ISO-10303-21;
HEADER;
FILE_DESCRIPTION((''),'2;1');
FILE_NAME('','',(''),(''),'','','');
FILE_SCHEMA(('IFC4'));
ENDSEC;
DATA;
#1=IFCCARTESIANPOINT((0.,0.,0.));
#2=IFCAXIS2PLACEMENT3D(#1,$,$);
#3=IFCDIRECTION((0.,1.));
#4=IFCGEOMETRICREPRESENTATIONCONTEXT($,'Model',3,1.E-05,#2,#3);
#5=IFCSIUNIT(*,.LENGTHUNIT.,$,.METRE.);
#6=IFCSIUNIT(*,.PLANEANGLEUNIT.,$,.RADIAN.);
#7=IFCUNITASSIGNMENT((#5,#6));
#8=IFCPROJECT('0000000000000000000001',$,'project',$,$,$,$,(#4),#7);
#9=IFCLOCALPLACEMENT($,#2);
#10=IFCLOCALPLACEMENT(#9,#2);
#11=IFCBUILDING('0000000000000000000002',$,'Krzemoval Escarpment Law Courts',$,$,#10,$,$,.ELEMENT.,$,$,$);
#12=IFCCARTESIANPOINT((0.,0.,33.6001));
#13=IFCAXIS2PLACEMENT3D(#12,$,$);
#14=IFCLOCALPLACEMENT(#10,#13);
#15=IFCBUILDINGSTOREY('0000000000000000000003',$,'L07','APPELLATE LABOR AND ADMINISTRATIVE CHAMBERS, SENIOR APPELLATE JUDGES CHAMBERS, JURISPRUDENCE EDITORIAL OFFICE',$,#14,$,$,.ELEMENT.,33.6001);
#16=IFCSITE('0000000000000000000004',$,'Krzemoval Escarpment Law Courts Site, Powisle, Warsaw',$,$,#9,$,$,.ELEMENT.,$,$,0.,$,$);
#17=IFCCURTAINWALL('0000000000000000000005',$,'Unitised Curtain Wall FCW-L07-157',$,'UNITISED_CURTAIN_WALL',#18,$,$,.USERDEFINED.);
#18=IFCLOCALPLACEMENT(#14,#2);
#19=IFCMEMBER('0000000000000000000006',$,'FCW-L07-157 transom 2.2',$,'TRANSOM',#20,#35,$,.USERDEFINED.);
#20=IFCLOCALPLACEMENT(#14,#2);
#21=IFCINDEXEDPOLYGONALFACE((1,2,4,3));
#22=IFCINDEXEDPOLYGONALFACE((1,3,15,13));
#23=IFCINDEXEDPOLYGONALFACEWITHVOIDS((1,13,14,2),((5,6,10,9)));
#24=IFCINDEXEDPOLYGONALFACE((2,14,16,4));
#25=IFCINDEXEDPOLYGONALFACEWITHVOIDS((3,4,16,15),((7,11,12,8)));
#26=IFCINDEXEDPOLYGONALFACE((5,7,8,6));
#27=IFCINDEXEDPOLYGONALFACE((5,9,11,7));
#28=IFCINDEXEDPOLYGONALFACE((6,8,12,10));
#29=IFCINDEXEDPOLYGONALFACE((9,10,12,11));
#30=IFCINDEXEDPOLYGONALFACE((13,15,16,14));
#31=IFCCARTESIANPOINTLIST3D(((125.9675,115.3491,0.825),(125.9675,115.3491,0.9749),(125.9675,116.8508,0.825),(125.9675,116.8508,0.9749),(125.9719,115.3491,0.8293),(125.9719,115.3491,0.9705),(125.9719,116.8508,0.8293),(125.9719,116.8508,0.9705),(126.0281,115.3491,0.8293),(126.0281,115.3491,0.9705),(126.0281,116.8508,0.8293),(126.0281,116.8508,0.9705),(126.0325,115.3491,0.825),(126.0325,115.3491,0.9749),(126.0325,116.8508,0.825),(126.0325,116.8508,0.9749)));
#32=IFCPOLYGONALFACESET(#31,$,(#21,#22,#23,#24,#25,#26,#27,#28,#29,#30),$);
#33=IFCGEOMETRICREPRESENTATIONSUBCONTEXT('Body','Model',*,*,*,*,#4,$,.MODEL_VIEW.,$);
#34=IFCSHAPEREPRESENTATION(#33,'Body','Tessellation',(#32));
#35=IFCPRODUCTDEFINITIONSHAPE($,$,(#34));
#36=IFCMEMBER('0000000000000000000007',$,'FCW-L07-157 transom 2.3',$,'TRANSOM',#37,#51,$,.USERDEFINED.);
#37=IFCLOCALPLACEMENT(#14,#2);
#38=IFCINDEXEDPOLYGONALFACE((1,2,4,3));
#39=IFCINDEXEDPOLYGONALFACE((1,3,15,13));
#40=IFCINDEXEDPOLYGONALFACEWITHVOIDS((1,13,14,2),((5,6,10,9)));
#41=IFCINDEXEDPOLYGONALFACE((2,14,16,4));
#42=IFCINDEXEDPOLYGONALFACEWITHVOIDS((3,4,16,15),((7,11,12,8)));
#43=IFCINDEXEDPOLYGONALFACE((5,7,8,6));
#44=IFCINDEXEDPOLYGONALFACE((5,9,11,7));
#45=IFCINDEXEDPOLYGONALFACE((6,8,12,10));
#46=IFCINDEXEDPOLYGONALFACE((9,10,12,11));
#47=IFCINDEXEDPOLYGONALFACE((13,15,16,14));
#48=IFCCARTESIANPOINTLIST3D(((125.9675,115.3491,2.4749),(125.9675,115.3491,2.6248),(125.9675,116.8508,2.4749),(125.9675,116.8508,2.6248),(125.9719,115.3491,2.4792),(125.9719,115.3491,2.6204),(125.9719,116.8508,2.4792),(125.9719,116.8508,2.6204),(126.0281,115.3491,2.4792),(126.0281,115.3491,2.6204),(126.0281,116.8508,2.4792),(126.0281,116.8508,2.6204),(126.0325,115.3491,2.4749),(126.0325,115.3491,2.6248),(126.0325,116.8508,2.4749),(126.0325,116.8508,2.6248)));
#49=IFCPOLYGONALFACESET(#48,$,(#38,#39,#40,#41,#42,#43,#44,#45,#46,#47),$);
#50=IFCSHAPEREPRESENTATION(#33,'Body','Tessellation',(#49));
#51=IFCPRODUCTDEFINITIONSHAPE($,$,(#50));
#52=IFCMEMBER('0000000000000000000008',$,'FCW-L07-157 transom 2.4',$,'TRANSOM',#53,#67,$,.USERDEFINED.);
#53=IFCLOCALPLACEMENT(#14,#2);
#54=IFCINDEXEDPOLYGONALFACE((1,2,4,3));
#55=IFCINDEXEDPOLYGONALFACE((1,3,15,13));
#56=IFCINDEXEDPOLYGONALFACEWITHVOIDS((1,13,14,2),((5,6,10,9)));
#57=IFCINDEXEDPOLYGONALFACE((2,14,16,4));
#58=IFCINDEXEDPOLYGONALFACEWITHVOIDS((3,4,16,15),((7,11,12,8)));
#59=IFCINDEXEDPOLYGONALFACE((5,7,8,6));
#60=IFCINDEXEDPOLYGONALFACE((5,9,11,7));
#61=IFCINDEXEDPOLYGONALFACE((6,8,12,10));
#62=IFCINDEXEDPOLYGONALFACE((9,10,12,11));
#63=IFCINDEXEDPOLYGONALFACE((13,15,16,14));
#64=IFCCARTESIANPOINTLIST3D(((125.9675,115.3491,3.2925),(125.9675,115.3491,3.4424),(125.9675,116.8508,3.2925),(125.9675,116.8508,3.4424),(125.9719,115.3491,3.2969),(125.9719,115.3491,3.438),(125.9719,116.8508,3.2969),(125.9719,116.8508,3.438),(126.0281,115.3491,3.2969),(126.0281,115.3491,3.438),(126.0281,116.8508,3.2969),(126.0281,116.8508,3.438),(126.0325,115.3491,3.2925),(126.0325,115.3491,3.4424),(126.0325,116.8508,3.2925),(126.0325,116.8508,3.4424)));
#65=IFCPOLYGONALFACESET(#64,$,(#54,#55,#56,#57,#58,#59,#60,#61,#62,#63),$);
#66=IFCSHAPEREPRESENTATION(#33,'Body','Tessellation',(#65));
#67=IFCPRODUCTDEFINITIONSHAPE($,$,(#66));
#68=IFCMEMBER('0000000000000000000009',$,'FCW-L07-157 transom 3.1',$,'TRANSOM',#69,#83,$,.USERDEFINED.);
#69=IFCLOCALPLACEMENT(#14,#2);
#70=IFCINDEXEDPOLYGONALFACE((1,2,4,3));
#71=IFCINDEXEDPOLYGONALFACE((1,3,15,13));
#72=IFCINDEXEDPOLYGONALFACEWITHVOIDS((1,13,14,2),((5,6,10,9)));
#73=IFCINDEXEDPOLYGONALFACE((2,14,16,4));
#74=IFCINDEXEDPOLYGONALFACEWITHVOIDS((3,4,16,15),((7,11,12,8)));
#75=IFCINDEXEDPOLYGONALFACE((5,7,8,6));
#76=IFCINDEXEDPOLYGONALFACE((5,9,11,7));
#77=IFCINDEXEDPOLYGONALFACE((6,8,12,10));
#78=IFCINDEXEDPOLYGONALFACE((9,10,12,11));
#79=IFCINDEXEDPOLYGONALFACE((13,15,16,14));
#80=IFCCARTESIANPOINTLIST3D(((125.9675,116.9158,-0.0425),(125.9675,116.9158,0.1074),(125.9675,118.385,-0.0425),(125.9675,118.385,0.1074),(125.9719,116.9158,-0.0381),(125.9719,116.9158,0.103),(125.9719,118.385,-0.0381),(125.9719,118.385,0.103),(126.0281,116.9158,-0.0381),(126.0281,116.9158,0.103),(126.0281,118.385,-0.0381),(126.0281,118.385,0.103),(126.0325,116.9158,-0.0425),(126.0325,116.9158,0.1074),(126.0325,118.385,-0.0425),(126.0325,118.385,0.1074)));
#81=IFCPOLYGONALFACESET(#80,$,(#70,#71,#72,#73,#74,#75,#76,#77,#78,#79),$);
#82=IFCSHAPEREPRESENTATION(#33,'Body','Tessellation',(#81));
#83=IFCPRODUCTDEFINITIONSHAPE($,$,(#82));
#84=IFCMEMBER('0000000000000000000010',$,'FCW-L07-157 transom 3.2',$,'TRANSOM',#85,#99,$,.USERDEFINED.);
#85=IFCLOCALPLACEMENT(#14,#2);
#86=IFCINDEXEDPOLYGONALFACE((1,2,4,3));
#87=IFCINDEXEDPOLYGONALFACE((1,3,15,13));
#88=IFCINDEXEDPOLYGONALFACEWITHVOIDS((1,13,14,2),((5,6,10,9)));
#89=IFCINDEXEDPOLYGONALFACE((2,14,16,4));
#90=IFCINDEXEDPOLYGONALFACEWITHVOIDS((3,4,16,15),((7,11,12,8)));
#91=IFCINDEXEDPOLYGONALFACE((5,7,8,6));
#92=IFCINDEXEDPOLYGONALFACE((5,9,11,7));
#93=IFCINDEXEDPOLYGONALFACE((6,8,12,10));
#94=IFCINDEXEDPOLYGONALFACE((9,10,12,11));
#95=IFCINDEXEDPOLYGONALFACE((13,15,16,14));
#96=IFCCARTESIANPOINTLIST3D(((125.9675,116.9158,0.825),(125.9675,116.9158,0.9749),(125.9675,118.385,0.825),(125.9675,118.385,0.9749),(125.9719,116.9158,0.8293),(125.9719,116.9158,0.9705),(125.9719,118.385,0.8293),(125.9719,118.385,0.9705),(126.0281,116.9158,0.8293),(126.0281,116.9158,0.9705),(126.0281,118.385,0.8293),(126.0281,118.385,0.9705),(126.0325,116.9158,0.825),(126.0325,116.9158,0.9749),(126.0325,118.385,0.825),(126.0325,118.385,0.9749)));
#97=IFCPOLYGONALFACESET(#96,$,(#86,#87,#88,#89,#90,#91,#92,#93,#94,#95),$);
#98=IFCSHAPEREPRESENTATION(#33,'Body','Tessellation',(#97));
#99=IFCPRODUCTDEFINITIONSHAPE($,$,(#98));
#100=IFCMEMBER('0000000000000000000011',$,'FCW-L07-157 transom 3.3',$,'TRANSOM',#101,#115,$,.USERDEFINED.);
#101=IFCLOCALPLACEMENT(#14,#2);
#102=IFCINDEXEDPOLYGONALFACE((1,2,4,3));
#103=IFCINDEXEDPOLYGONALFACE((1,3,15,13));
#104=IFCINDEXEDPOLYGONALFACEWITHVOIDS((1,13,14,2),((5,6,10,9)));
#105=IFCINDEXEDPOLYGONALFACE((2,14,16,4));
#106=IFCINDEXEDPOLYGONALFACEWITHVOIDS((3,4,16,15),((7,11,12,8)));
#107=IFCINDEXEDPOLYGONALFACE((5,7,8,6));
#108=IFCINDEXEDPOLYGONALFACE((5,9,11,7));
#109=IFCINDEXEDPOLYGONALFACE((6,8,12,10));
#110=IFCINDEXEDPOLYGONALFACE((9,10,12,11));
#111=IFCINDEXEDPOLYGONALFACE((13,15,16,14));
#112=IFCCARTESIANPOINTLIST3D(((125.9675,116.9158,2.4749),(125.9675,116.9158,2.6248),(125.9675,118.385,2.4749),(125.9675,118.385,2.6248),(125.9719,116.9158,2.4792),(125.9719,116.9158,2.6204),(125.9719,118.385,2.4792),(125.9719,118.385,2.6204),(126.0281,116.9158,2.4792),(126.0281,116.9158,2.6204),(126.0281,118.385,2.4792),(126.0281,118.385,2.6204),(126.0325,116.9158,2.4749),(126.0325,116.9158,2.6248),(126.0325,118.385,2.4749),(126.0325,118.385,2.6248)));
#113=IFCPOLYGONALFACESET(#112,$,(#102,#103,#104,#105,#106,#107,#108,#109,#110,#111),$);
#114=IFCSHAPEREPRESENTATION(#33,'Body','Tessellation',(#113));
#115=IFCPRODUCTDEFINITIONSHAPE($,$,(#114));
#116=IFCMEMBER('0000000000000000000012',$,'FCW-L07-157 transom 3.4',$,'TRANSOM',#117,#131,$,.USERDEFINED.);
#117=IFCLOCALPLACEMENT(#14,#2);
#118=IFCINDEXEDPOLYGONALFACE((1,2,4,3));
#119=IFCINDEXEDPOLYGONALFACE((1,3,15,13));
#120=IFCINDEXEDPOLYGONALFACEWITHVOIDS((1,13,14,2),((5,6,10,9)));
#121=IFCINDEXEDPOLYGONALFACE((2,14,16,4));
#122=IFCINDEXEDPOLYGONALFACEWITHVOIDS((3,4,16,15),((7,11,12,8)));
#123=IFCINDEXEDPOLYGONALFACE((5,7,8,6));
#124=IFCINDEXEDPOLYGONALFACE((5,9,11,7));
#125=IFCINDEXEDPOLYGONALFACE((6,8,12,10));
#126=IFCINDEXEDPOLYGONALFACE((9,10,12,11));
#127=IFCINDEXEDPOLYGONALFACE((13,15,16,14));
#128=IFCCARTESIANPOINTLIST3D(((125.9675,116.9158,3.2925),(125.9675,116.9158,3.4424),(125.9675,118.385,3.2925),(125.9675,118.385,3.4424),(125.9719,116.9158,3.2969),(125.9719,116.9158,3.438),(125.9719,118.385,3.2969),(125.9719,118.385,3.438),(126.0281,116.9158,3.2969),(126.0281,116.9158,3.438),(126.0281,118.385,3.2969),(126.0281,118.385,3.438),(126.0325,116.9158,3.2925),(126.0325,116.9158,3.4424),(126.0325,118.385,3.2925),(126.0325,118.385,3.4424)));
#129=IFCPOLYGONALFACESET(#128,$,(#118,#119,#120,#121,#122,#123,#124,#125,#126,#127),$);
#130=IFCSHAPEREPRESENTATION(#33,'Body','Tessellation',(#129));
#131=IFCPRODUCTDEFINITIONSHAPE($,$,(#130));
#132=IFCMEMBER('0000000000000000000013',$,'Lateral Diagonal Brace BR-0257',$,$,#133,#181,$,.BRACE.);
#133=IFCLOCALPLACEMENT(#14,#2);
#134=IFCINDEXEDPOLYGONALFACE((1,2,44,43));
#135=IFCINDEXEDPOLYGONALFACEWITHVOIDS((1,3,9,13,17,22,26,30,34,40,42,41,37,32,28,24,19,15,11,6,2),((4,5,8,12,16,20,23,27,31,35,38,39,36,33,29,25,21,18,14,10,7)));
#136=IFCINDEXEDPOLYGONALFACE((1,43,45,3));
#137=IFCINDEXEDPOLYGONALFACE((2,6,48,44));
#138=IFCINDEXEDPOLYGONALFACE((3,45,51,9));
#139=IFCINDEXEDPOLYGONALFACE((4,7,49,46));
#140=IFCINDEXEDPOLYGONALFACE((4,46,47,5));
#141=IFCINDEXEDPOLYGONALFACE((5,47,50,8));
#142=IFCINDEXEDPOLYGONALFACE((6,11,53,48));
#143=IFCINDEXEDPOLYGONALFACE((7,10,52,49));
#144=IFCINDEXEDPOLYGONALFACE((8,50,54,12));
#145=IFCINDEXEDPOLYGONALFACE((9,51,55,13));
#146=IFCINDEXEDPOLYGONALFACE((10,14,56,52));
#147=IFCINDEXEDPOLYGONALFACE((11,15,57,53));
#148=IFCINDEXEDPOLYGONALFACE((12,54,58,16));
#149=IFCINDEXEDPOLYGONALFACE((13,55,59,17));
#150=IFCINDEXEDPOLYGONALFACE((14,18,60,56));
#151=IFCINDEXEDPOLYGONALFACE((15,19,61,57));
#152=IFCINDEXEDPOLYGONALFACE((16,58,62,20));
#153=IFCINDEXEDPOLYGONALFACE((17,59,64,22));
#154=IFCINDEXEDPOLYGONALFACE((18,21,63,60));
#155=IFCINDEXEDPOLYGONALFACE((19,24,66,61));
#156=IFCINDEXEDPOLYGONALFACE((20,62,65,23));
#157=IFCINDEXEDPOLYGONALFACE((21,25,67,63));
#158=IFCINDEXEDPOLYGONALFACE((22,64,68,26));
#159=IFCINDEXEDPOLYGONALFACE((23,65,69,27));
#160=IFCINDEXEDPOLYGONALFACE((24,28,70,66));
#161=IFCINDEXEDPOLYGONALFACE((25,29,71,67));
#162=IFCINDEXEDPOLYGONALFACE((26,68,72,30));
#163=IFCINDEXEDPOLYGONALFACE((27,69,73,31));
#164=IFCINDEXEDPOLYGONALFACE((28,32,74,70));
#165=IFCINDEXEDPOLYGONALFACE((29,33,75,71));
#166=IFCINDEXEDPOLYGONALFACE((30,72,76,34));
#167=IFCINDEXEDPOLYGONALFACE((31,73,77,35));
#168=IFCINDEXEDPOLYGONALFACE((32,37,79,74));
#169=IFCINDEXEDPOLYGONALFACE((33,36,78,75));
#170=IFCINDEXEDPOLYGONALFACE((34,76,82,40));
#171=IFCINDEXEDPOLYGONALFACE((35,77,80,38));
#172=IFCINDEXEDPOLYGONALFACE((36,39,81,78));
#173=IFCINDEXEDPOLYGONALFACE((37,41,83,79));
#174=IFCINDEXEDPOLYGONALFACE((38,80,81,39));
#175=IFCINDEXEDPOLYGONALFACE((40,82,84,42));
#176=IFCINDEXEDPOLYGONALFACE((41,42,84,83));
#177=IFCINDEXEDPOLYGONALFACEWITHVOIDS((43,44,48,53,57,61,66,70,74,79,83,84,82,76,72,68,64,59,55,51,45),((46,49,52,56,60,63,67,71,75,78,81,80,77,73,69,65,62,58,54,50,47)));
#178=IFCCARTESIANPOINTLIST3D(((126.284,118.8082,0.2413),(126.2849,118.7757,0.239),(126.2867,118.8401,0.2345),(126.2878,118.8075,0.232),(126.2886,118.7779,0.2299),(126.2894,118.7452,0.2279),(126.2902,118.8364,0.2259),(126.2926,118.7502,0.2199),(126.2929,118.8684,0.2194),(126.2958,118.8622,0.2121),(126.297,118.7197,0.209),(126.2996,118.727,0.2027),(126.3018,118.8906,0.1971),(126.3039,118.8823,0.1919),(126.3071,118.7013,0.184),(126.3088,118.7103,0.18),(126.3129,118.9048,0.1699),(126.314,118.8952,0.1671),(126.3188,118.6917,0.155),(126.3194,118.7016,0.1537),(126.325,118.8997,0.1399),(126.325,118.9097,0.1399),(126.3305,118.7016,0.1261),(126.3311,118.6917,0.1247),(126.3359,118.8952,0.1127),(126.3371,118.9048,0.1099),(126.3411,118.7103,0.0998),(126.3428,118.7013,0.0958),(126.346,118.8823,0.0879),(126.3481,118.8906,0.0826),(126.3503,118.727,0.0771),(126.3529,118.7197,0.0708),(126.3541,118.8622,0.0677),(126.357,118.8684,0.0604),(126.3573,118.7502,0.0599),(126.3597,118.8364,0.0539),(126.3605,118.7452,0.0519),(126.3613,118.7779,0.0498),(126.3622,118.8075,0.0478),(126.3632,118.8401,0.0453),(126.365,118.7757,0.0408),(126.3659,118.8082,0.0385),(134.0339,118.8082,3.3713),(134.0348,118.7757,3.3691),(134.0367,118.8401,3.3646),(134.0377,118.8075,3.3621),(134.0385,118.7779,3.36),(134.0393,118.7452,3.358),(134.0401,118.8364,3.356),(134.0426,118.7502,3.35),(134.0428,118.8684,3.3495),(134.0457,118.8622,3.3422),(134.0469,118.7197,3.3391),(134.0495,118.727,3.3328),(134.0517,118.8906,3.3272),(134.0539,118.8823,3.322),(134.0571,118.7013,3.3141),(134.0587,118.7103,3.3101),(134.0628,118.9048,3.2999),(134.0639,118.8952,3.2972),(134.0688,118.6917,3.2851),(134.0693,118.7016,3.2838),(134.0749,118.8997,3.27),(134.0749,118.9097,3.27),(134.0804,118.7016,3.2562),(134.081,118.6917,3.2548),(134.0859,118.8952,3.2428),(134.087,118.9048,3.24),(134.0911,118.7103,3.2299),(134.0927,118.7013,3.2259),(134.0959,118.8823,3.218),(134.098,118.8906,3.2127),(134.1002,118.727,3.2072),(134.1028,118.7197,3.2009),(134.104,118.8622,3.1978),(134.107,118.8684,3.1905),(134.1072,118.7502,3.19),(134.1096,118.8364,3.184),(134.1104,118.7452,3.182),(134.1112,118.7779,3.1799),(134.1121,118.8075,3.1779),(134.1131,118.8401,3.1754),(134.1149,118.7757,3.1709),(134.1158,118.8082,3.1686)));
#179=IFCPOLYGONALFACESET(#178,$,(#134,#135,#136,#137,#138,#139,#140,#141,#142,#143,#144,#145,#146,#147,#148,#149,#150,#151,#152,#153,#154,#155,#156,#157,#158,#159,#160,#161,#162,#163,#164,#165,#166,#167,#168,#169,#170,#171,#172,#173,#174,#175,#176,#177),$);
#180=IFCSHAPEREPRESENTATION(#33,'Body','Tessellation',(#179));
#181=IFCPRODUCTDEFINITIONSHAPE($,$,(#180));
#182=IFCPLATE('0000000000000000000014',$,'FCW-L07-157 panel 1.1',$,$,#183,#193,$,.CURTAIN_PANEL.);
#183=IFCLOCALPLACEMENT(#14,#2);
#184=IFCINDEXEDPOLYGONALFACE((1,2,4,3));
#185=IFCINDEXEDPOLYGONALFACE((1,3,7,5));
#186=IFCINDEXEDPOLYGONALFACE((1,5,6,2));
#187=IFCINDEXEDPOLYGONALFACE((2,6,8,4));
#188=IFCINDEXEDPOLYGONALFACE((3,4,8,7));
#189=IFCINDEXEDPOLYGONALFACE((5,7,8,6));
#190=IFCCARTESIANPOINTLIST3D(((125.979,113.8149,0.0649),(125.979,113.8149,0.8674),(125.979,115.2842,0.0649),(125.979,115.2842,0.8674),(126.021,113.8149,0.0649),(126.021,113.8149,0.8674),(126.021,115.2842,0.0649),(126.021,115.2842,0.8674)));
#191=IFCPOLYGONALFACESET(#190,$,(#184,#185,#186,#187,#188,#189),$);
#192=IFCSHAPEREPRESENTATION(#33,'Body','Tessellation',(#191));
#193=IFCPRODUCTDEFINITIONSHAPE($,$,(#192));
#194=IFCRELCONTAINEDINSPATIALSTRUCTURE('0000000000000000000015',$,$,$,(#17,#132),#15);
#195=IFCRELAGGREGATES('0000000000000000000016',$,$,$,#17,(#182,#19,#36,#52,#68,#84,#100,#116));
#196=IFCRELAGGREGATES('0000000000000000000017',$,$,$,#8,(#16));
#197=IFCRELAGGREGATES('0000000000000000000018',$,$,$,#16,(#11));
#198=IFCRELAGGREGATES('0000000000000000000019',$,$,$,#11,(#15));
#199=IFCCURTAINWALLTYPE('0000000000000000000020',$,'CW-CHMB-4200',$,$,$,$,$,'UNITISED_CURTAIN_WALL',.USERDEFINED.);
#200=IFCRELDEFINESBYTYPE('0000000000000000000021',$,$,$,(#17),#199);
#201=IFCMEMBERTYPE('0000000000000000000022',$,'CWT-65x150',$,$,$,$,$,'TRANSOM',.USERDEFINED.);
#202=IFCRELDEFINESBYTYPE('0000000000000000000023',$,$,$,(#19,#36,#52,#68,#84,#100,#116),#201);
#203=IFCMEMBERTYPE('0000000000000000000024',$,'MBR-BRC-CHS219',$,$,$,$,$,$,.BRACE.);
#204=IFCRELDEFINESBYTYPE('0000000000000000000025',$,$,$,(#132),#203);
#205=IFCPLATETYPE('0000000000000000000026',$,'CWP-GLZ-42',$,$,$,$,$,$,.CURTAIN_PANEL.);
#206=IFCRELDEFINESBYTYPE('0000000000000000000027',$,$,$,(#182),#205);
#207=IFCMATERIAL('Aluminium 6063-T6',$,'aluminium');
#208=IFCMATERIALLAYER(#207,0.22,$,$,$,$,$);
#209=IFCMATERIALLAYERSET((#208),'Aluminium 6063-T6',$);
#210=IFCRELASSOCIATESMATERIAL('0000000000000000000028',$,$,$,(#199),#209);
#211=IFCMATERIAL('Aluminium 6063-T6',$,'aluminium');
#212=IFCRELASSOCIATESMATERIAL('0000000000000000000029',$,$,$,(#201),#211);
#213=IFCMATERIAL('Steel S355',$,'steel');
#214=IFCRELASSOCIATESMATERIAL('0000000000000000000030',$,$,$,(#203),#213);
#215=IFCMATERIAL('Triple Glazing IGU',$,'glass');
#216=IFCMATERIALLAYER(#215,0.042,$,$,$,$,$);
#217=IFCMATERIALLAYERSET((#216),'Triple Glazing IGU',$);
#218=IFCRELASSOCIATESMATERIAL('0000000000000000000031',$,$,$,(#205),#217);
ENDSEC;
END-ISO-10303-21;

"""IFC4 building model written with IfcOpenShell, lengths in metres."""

from ifc_helpers import new_model, si_unit, direction, frame, origin, origin_2d, place, context, subcontext, project, spatial, rectangle, hollow_rectangle, hollow_circle, extrude, material, layer, layer_set, material_profile, profile_set, type_object, element, aggregate, save


model = new_model("IFC4")

# Units and contexts
model_context = context("Model", 3, precision=1e-05, world=origin(), true_north=direction((0.0, 1.0)))
body_context = subcontext(model_context, "Body", "Model", "MODEL_VIEW")
ifc_project = project(units=[si_unit("LENGTHUNIT", "METRE"), si_unit("PLANEANGLEUNIT", "RADIAN")], contexts=[model_context])

# Site, building, storey
site_placement = place(None, origin())
site = spatial("IfcSite", under=ifc_project, at=site_placement, Name="Krzemoval Escarpment Law Courts Site, Powisle, Warsaw", CompositionType="ELEMENT", RefElevation=0.0)
building_placement = place(site_placement, origin())
building = spatial("IfcBuilding", under=site, at=building_placement, Name="Krzemoval Escarpment Law Courts", CompositionType="ELEMENT")
storey_placement = place(building_placement, frame((0.0, 0.0, 33.6001)))
storey = spatial("IfcBuildingStorey", under=building, at=storey_placement, Name="L07", Description="APPELLATE LABOR AND ADMINISTRATIVE CHAMBERS, SENIOR APPELLATE JUDGES CHAMBERS, JURISPRUDENCE EDITORIAL OFFICE", CompositionType="ELEMENT", Elevation=33.6001)

# Curtain wall, members
ifc_material_1 = material(Name="Aluminium 6063-T6", Category="aluminium")
ifc_layer_1 = layer(ifc_material_1, 0.22)
ifc_layer_set_1 = layer_set([ifc_layer_1], Name="Aluminium 6063-T6")
curtain_wall_type = type_object("IfcCurtainWallType", Name="CW-CHMB-4200", ElementType="UNITISED_CURTAIN_WALL", PredefinedType="USERDEFINED", material=ifc_layer_set_1)
curtain_wall_placement = place(storey_placement, origin())
curtain_wall = element("IfcCurtainWall", 1, at=curtain_wall_placement, inside=storey, type_object=curtain_wall_type, Name="Unitised Curtain Wall FCW-L07-157", ObjectType="UNITISED_CURTAIN_WALL", PredefinedType="USERDEFINED")
ifc_material_2 = material(Name="Aluminium 6063-T6", Category="aluminium")
ifc_material_profile_1 = material_profile(ifc_material_2, hollow_rectangle(XDim=0.0649, YDim=0.1499, WallThickness=0.0044, at=origin_2d()), Name="ALU T65x150")
ifc_profile_set_1 = profile_set([ifc_material_profile_1], Name="Aluminium 6063-T6")
member_type_1 = type_object("IfcMemberType", Name="CWT-65x150", ElementType="TRANSOM", PredefinedType="USERDEFINED", material=ifc_profile_set_1)
member_1_placement = place(storey_placement, frame((126.0, 115.3491, 0.8999), z_axis=(0.0, 1.0, 0.0), x_axis=(-1.0, 0.0, 0.0)))
member_1 = element("IfcMember", 2, at=member_1_placement, type_object=member_type_1, Name="FCW-L07-157 transom 2.2", ObjectType="TRANSOM", PredefinedType="USERDEFINED", context=body_context, shape_type="SweptSolid", body=[
    extrude(hollow_rectangle(XDim=0.0649, YDim=0.1499, WallThickness=0.0044, at=origin_2d()), origin(), (0.0, 0.0, 1.0), 1.5017),
])
member_2_placement = place(storey_placement, frame((126.0, 115.3491, 2.5498), z_axis=(0.0, 1.0, 0.0), x_axis=(-1.0, 0.0, 0.0)))
member_2 = element("IfcMember", 3, at=member_2_placement, type_object=member_type_1, Name="FCW-L07-157 transom 2.3", ObjectType="TRANSOM", PredefinedType="USERDEFINED", context=body_context, shape_type="SweptSolid", body=[
    extrude(hollow_rectangle(XDim=0.0649, YDim=0.1499, WallThickness=0.0044, at=origin_2d()), origin(), (0.0, 0.0, 1.0), 1.5017),
])
member_3_placement = place(storey_placement, frame((126.0, 115.3491, 3.3674), z_axis=(0.0, 1.0, 0.0), x_axis=(-1.0, 0.0, 0.0)))
member_3 = element("IfcMember", 4, at=member_3_placement, type_object=member_type_1, Name="FCW-L07-157 transom 2.4", ObjectType="TRANSOM", PredefinedType="USERDEFINED", context=body_context, shape_type="SweptSolid", body=[
    extrude(hollow_rectangle(XDim=0.0649, YDim=0.1499, WallThickness=0.0044, at=origin_2d()), origin(), (0.0, 0.0, 1.0), 1.5017),
])
member_4_placement = place(storey_placement, frame((126.0, 116.9158, 0.0325), z_axis=(0.0, 1.0, 0.0), x_axis=(-1.0, 0.0, 0.0)))
member_4 = element("IfcMember", 5, at=member_4_placement, type_object=member_type_1, Name="FCW-L07-157 transom 3.1", ObjectType="TRANSOM", PredefinedType="USERDEFINED", context=body_context, shape_type="SweptSolid", body=[
    extrude(hollow_rectangle(XDim=0.0649, YDim=0.1499, WallThickness=0.0044, at=origin_2d()), origin(), (0.0, 0.0, 1.0), 1.4692),
])
member_5_placement = place(storey_placement, frame((126.0, 116.9158, 0.8999), z_axis=(0.0, 1.0, 0.0), x_axis=(-1.0, 0.0, 0.0)))
member_5 = element("IfcMember", 6, at=member_5_placement, type_object=member_type_1, Name="FCW-L07-157 transom 3.2", ObjectType="TRANSOM", PredefinedType="USERDEFINED", context=body_context, shape_type="SweptSolid", body=[
    extrude(hollow_rectangle(XDim=0.0649, YDim=0.1499, WallThickness=0.0044, at=origin_2d()), origin(), (0.0, 0.0, 1.0), 1.4692),
])
member_6_placement = place(storey_placement, frame((126.0, 116.9158, 2.5498), z_axis=(0.0, 1.0, 0.0), x_axis=(-1.0, 0.0, 0.0)))
member_6 = element("IfcMember", 7, at=member_6_placement, type_object=member_type_1, Name="FCW-L07-157 transom 3.3", ObjectType="TRANSOM", PredefinedType="USERDEFINED", context=body_context, shape_type="SweptSolid", body=[
    extrude(hollow_rectangle(XDim=0.0649, YDim=0.1499, WallThickness=0.0044, at=origin_2d()), origin(), (0.0, 0.0, 1.0), 1.4692),
])
member_7_placement = place(storey_placement, frame((126.0, 116.9158, 3.3674), z_axis=(0.0, 1.0, 0.0), x_axis=(-1.0, 0.0, 0.0)))
member_7 = element("IfcMember", 8, at=member_7_placement, type_object=member_type_1, Name="FCW-L07-157 transom 3.4", ObjectType="TRANSOM", PredefinedType="USERDEFINED", context=body_context, shape_type="SweptSolid", body=[
    extrude(hollow_rectangle(XDim=0.0649, YDim=0.1499, WallThickness=0.0044, at=origin_2d()), origin(), (0.0, 0.0, 1.0), 1.4692),
])

# Member
ifc_material_3 = material(Name="Steel S355", Category="steel")
ifc_material_profile_2 = material_profile(ifc_material_3, hollow_circle(Radius=0.1096, WallThickness=0.01, at=origin_2d()), Name="CHS 219.1x10")
ifc_profile_set_2 = profile_set([ifc_material_profile_2], Name="Steel S355")
member_type_2 = type_object("IfcMemberType", Name="MBR-BRC-CHS219", PredefinedType="BRACE", material=ifc_profile_set_2)
member_8_placement = place(storey_placement, frame((126.325, 118.8, 0.1399), z_axis=(0.927229, 0.0, 0.374496), x_axis=(0.0, 1.0, 0.0)))
element("IfcMember", 9, at=member_8_placement, inside=storey, type_object=member_type_2, Name="Lateral Diagonal Brace BR-0257", PredefinedType="BRACE", context=body_context, shape_type="SweptSolid", body=[
    extrude(hollow_circle(Radius=0.1096, WallThickness=0.01, at=origin_2d()), origin(), (0.0, 0.0, 1.0), 8.3582),
])

# Plate
ifc_material_4 = material(Name="Triple Glazing IGU", Category="glass")
ifc_layer_2 = layer(ifc_material_4, 0.042)
ifc_layer_set_2 = layer_set([ifc_layer_2], Name="Triple Glazing IGU")
plate_type_1 = type_object("IfcPlateType", Name="CWP-GLZ-42", PredefinedType="CURTAIN_PANEL", material=ifc_layer_set_2)
plate_1_placement = place(storey_placement, frame((126.0, 114.5496, 0.0649), z_axis=(0.0, 0.0, 1.0), x_axis=(0.0, 1.0, 0.0)))
plate_1 = element("IfcPlate", 10, at=plate_1_placement, type_object=plate_type_1, Name="FCW-L07-157 panel 1.1", PredefinedType="CURTAIN_PANEL", context=body_context, shape_type="SweptSolid", body=[
    extrude(rectangle(XDim=1.4692, YDim=0.042, at=origin_2d()), origin(), (0.0, 0.0, 1.0), 0.8025),
])
aggregate(curtain_wall, [plate_1, member_1, member_2, member_3, member_4, member_5, member_6, member_7])

save(model, "model.ifc")
